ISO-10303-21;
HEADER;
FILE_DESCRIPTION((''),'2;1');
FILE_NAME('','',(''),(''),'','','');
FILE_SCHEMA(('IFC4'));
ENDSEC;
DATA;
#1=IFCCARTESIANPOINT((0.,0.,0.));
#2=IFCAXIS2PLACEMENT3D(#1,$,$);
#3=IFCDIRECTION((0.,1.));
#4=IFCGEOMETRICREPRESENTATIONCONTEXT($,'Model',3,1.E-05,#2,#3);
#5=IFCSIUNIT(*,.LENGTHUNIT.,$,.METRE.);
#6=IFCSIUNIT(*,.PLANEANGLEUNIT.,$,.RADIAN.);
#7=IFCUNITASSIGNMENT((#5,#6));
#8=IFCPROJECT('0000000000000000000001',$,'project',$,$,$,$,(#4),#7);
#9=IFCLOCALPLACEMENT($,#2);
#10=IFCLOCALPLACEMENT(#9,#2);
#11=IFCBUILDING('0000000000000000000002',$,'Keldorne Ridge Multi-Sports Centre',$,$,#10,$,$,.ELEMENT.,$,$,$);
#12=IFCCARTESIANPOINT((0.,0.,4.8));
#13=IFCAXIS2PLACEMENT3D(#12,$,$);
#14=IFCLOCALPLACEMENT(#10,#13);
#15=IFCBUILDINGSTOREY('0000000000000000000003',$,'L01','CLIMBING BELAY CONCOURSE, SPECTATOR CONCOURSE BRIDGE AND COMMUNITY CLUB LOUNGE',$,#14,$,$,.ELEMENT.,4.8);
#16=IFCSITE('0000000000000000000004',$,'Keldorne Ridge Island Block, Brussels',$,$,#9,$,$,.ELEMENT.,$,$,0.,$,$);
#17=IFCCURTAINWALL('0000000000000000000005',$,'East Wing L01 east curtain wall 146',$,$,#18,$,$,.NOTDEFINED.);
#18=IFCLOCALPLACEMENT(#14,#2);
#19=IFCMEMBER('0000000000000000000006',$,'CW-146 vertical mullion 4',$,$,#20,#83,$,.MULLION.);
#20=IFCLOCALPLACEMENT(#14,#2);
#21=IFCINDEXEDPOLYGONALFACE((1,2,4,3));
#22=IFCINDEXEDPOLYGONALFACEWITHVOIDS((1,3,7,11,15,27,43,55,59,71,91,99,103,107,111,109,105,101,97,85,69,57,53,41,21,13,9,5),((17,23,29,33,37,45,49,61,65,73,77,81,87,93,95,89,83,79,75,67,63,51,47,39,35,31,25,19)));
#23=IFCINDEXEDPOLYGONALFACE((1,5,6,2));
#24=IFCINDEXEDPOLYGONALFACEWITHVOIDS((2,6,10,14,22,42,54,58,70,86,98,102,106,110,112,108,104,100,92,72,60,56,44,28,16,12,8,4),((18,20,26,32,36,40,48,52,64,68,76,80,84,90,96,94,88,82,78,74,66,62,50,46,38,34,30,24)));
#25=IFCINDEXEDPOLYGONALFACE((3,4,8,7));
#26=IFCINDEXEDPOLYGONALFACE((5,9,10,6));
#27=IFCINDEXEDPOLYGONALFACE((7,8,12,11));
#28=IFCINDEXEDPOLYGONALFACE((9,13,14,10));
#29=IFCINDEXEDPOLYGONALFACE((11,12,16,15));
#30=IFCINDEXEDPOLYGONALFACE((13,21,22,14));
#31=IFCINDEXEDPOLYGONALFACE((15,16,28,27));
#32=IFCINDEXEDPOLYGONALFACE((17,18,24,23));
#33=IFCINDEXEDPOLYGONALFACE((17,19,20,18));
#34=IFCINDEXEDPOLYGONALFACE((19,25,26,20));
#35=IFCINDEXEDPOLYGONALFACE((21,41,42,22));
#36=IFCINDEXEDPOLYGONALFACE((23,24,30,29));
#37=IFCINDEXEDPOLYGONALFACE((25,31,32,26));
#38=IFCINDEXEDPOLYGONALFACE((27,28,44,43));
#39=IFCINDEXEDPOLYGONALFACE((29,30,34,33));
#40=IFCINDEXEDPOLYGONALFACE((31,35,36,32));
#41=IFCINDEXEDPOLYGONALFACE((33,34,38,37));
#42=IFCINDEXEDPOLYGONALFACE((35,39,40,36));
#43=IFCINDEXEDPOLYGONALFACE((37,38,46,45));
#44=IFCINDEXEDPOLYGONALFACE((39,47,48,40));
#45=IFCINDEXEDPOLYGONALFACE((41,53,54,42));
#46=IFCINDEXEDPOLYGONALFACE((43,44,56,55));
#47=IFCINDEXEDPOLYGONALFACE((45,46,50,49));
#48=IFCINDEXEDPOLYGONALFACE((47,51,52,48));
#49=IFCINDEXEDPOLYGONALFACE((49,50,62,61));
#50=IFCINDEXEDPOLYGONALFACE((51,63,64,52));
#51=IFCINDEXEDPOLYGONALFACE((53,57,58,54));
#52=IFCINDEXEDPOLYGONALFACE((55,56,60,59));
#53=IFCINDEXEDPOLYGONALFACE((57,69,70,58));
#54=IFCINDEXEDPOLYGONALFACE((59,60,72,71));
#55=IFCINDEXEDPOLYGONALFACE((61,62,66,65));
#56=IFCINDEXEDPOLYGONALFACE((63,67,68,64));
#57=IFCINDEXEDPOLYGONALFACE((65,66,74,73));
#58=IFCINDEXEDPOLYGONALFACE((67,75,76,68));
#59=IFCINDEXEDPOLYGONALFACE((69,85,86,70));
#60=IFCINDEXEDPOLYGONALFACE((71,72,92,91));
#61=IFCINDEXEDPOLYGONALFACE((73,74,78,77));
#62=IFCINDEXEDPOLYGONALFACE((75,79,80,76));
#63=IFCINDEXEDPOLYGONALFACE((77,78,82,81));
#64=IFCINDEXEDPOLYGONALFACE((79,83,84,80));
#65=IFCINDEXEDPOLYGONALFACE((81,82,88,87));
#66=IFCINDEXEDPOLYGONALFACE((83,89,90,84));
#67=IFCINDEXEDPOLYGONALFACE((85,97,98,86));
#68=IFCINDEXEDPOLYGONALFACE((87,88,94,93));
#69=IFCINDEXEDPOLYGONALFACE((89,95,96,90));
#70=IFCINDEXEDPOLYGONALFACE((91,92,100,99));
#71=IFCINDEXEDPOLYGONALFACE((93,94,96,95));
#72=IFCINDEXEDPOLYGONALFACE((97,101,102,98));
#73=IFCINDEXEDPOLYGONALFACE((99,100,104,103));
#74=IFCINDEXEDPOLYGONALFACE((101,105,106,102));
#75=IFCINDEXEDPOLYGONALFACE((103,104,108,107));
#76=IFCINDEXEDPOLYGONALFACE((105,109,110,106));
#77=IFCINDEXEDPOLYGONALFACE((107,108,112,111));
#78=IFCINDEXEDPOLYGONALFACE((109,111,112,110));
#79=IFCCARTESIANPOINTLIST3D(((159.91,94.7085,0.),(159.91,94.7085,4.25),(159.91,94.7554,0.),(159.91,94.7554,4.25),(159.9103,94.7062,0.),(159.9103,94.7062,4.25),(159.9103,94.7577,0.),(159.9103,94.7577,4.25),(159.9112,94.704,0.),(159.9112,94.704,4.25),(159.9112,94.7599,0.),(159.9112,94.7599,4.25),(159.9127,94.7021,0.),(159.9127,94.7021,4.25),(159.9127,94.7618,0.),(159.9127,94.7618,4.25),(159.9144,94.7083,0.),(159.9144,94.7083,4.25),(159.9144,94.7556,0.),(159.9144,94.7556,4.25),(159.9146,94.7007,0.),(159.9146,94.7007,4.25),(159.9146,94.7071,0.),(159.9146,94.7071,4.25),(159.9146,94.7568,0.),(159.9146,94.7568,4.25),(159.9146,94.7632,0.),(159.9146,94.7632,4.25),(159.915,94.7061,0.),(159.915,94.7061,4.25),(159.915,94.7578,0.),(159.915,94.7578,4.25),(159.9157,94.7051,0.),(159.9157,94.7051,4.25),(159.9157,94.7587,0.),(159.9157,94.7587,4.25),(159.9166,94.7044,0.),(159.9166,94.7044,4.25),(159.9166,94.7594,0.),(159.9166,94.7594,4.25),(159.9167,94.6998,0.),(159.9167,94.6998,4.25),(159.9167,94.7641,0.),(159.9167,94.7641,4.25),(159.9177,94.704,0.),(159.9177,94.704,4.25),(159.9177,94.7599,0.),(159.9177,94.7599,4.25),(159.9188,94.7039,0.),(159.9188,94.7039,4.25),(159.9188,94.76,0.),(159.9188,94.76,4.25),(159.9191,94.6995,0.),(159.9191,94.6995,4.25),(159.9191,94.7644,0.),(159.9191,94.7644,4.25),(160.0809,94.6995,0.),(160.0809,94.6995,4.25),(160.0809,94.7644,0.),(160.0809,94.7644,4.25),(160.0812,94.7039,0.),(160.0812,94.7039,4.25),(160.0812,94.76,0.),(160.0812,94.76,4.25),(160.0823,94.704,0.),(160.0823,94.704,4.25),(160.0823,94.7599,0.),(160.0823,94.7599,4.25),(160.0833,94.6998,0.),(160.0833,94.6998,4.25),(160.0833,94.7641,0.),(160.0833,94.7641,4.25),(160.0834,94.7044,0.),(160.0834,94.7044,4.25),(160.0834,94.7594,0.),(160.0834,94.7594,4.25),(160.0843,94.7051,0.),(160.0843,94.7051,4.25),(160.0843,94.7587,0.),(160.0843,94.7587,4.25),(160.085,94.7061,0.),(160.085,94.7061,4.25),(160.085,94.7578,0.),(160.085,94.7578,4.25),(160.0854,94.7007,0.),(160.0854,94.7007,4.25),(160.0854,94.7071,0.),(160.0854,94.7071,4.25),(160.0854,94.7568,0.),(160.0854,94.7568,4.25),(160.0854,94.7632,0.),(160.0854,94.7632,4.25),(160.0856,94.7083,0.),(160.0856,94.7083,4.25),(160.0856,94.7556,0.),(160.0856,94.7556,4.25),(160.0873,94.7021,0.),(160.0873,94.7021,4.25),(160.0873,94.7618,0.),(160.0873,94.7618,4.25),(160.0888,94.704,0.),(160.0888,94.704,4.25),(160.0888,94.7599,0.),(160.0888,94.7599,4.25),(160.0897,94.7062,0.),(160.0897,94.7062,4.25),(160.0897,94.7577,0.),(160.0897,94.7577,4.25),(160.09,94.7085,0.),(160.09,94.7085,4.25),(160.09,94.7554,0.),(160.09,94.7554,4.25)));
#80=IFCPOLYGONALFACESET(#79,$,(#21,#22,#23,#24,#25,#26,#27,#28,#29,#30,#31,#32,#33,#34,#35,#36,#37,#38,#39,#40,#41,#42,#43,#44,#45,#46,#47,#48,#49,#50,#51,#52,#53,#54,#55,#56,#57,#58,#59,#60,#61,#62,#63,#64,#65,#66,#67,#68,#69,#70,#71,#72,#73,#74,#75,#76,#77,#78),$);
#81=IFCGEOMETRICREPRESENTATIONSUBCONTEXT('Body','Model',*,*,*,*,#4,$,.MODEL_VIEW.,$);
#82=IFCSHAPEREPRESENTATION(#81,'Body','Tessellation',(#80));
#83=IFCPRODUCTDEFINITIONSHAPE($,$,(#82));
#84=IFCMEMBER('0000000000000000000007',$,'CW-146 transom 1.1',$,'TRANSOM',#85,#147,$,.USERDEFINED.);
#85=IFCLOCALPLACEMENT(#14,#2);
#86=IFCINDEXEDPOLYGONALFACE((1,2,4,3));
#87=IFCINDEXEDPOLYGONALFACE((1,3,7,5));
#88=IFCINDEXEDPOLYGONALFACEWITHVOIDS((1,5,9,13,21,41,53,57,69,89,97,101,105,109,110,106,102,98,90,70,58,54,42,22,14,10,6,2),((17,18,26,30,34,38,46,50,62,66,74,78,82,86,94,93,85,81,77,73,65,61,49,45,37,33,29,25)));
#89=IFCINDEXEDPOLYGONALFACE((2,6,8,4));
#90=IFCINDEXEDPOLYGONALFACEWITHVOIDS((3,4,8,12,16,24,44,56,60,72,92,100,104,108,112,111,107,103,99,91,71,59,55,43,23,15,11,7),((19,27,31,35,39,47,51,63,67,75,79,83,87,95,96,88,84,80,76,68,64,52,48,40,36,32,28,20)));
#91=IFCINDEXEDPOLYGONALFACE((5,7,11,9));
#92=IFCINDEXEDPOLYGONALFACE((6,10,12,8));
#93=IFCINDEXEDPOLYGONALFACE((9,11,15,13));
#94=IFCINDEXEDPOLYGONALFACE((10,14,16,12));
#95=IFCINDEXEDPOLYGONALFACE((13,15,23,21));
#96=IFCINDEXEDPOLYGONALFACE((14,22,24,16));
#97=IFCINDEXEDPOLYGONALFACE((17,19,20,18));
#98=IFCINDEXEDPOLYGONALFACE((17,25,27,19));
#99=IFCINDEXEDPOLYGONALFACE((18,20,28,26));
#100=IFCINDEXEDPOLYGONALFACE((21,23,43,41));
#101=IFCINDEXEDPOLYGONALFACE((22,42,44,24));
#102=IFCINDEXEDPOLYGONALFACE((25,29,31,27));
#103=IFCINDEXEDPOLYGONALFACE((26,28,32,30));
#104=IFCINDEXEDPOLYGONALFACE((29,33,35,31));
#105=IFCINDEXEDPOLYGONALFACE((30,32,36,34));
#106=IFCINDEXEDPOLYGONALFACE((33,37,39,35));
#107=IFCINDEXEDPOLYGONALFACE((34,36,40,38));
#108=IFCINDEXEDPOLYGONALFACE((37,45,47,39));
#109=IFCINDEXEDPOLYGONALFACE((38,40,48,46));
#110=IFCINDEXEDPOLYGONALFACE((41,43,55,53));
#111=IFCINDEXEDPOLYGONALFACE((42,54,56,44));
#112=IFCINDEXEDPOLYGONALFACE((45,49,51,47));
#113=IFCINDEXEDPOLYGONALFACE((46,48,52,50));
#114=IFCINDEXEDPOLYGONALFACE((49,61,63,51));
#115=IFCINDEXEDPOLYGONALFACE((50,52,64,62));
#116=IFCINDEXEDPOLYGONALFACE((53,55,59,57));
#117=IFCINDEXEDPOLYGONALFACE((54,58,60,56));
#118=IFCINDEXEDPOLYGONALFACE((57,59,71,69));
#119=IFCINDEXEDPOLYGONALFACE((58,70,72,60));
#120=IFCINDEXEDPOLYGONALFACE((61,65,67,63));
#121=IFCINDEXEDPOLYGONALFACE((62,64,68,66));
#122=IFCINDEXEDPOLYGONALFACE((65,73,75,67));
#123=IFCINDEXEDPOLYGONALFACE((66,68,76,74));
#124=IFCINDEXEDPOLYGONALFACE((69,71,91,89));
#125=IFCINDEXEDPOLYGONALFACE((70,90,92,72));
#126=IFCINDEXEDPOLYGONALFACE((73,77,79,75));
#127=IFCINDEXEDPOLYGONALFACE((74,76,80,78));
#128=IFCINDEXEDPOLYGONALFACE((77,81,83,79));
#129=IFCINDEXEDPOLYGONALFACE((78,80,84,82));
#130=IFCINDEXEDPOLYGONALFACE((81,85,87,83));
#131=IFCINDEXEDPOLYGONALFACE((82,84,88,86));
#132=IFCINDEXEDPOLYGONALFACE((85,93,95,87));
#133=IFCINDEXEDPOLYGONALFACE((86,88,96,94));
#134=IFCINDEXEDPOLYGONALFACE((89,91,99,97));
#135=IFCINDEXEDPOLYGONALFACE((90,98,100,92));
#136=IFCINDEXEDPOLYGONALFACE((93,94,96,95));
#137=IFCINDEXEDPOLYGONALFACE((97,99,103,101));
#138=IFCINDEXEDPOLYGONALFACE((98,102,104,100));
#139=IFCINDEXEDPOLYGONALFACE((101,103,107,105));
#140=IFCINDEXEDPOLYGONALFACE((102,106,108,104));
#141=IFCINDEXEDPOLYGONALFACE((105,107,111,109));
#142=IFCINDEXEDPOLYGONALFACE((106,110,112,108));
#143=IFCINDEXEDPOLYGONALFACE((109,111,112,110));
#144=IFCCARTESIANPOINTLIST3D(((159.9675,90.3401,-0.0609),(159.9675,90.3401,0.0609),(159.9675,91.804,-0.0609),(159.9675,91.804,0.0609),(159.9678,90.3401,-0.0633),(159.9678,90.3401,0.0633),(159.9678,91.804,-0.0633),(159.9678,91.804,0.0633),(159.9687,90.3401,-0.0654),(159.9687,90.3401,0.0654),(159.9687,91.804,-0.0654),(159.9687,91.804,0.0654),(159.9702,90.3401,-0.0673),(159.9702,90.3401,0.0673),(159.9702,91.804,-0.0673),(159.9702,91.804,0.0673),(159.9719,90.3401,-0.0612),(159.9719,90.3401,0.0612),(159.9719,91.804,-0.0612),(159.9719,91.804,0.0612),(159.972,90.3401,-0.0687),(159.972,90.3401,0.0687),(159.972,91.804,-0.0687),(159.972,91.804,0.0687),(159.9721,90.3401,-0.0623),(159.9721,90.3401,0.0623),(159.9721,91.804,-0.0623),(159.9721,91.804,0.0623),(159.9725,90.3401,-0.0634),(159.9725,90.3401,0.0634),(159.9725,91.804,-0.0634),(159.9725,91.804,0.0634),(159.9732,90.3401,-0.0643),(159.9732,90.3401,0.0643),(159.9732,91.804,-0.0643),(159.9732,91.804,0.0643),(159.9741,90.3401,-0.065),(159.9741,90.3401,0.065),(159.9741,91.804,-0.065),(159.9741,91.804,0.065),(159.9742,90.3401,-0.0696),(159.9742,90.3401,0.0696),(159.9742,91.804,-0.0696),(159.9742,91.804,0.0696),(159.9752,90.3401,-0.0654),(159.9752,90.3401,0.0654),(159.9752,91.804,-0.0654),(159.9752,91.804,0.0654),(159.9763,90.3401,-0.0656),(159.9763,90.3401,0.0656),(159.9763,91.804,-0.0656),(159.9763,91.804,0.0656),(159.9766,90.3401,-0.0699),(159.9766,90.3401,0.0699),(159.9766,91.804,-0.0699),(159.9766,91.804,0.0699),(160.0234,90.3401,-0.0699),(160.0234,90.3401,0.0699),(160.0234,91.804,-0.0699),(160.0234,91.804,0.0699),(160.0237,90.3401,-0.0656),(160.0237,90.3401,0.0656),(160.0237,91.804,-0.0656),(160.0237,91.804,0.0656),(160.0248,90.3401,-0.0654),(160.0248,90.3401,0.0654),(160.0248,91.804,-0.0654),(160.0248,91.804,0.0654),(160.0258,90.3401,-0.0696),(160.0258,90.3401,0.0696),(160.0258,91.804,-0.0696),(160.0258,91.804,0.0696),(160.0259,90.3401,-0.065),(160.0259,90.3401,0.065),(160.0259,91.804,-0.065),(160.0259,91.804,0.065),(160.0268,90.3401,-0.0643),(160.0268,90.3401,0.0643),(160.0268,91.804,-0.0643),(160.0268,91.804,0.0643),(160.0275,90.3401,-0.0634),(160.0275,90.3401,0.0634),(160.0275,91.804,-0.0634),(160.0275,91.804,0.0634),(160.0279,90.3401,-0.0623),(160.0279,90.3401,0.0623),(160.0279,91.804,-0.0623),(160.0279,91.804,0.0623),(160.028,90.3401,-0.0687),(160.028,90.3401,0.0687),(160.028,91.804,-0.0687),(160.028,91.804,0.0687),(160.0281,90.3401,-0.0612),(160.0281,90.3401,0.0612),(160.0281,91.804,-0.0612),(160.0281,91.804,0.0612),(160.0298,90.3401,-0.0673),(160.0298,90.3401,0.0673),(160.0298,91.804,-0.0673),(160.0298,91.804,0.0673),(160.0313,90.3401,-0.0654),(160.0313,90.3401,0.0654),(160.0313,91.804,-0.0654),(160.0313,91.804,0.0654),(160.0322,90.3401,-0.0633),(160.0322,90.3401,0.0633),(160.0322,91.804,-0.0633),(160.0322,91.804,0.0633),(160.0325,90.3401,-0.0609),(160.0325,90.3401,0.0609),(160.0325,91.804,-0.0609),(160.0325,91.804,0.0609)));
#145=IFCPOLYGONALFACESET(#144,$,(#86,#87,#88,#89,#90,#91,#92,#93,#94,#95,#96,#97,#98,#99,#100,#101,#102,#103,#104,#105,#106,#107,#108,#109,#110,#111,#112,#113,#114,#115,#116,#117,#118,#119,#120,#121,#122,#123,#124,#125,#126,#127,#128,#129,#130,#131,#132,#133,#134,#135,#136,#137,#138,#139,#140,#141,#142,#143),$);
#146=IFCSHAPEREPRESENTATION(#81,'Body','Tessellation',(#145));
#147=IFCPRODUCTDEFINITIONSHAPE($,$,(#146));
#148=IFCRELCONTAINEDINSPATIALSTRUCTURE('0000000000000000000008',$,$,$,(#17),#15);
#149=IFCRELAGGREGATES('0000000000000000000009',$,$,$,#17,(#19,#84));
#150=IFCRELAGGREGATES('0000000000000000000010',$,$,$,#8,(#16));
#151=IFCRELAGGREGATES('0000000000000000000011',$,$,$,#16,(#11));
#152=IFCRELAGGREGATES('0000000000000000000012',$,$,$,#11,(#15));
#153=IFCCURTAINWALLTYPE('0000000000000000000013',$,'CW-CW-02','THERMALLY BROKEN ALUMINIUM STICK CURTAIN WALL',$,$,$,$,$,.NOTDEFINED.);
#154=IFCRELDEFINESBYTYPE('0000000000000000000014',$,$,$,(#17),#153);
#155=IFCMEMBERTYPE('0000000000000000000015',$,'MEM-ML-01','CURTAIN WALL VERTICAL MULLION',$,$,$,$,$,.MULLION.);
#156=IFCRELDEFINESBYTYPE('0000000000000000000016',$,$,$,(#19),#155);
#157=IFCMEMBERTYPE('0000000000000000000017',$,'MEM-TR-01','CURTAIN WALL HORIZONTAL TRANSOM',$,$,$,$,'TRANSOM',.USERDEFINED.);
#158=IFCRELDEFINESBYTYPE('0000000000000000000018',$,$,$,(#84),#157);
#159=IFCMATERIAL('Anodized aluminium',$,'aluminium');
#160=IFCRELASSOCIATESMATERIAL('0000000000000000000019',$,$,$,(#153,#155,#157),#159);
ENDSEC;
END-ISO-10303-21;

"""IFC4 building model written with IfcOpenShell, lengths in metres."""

from ifc_helpers import new_model, si_unit, direction, frame, origin, origin_2d, place, context, subcontext, project, spatial, hollow_rectangle, extrude, material, material_profile, profile_set, type_object, element, aggregate, save


model = new_model("IFC4")

# Units and contexts
model_context = context("Model", 3, precision=1e-05, world=origin(), true_north=direction((0.0, 1.0)))
body_context = subcontext(model_context, "Body", "Model", "MODEL_VIEW")
ifc_project = project(units=[si_unit("LENGTHUNIT", "METRE"), si_unit("PLANEANGLEUNIT", "RADIAN")], contexts=[model_context])

# Site, building, storey
site_placement = place(None, origin())
site = spatial("IfcSite", under=ifc_project, at=site_placement, Name="Keldorne Ridge Island Block, Brussels", CompositionType="ELEMENT", RefElevation=0.0)
building_placement = place(site_placement, origin())
building = spatial("IfcBuilding", under=site, at=building_placement, Name="Keldorne Ridge Multi-Sports Centre", CompositionType="ELEMENT")
storey_placement = place(building_placement, frame((0.0, 0.0, 4.8)))
storey = spatial("IfcBuildingStorey", under=building, at=storey_placement, Name="L01", Description="CLIMBING BELAY CONCOURSE, SPECTATOR CONCOURSE BRIDGE AND COMMUNITY CLUB LOUNGE", CompositionType="ELEMENT", Elevation=4.8)

# Curtain wall, members
ifc_material_1 = material(Name="Anodized aluminium", Category="aluminium")
curtain_wall_type = type_object("IfcCurtainWallType", Name="CW-CW-02", Description="THERMALLY BROKEN ALUMINIUM STICK CURTAIN WALL", PredefinedType="NOTDEFINED", material=ifc_material_1)
curtain_wall_placement = place(storey_placement, origin())
curtain_wall = element("IfcCurtainWall", 1, at=curtain_wall_placement, inside=storey, type_object=curtain_wall_type, Name="East Wing L01 east curtain wall 146", PredefinedType="NOTDEFINED")
ifc_material_profile_1 = material_profile(ifc_material_1, hollow_rectangle(XDim=0.0649, YDim=0.1799, WallThickness=0.0044, InnerFilletRadius=0.0044, OuterFilletRadius=0.009, at=origin_2d()), Name="ALU MULLION 180x65x4.5")
ifc_profile_set_1 = profile_set([ifc_material_profile_1], Name="Anodized aluminium")
member_type_1 = type_object("IfcMemberType", Name="MEM-ML-01", Description="CURTAIN WALL VERTICAL MULLION", PredefinedType="MULLION", material=ifc_profile_set_1)
member_1_placement = place(storey_placement, frame((160.0, 94.7319, 0.0), z_axis=(0.0, 0.0, 1.0), x_axis=(0.0, 1.0, 0.0)))
member_1 = element("IfcMember", 2, at=member_1_placement, type_object=member_type_1, Name="CW-146 vertical mullion 4", PredefinedType="MULLION", context=body_context, shape_type="SweptSolid", body=[
    extrude(hollow_rectangle(XDim=0.0649, YDim=0.1799, WallThickness=0.0044, InnerFilletRadius=0.0044, OuterFilletRadius=0.009, at=origin_2d()), origin(), (0.0, 0.0, 1.0), 4.25),
])
ifc_material_profile_2 = material_profile(ifc_material_1, hollow_rectangle(XDim=0.0649, YDim=0.1399, WallThickness=0.0044, InnerFilletRadius=0.0044, OuterFilletRadius=0.009, at=origin_2d()), Name="ALU TRANSOM 140x65x4.5")
ifc_profile_set_2 = profile_set([ifc_material_profile_2], Name="Anodized aluminium")
member_type_2 = type_object("IfcMemberType", Name="MEM-TR-01", Description="CURTAIN WALL HORIZONTAL TRANSOM", ElementType="TRANSOM", PredefinedType="USERDEFINED", material=ifc_profile_set_2)
member_2_placement = place(storey_placement, frame((160.0, 90.3401, 0.0), z_axis=(0.0, 1.0, 0.0), x_axis=(-1.0, 0.0, 0.0)))
member_2 = element("IfcMember", 3, at=member_2_placement, type_object=member_type_2, Name="CW-146 transom 1.1", ObjectType="TRANSOM", PredefinedType="USERDEFINED", context=body_context, shape_type="SweptSolid", body=[
    extrude(hollow_rectangle(XDim=0.0649, YDim=0.1399, WallThickness=0.0044, InnerFilletRadius=0.0044, OuterFilletRadius=0.009, at=origin_2d()), origin(), (0.0, 0.0, 1.0), 1.4639),
])
aggregate(curtain_wall, [member_1, member_2])

save(model, "model.ifc")
